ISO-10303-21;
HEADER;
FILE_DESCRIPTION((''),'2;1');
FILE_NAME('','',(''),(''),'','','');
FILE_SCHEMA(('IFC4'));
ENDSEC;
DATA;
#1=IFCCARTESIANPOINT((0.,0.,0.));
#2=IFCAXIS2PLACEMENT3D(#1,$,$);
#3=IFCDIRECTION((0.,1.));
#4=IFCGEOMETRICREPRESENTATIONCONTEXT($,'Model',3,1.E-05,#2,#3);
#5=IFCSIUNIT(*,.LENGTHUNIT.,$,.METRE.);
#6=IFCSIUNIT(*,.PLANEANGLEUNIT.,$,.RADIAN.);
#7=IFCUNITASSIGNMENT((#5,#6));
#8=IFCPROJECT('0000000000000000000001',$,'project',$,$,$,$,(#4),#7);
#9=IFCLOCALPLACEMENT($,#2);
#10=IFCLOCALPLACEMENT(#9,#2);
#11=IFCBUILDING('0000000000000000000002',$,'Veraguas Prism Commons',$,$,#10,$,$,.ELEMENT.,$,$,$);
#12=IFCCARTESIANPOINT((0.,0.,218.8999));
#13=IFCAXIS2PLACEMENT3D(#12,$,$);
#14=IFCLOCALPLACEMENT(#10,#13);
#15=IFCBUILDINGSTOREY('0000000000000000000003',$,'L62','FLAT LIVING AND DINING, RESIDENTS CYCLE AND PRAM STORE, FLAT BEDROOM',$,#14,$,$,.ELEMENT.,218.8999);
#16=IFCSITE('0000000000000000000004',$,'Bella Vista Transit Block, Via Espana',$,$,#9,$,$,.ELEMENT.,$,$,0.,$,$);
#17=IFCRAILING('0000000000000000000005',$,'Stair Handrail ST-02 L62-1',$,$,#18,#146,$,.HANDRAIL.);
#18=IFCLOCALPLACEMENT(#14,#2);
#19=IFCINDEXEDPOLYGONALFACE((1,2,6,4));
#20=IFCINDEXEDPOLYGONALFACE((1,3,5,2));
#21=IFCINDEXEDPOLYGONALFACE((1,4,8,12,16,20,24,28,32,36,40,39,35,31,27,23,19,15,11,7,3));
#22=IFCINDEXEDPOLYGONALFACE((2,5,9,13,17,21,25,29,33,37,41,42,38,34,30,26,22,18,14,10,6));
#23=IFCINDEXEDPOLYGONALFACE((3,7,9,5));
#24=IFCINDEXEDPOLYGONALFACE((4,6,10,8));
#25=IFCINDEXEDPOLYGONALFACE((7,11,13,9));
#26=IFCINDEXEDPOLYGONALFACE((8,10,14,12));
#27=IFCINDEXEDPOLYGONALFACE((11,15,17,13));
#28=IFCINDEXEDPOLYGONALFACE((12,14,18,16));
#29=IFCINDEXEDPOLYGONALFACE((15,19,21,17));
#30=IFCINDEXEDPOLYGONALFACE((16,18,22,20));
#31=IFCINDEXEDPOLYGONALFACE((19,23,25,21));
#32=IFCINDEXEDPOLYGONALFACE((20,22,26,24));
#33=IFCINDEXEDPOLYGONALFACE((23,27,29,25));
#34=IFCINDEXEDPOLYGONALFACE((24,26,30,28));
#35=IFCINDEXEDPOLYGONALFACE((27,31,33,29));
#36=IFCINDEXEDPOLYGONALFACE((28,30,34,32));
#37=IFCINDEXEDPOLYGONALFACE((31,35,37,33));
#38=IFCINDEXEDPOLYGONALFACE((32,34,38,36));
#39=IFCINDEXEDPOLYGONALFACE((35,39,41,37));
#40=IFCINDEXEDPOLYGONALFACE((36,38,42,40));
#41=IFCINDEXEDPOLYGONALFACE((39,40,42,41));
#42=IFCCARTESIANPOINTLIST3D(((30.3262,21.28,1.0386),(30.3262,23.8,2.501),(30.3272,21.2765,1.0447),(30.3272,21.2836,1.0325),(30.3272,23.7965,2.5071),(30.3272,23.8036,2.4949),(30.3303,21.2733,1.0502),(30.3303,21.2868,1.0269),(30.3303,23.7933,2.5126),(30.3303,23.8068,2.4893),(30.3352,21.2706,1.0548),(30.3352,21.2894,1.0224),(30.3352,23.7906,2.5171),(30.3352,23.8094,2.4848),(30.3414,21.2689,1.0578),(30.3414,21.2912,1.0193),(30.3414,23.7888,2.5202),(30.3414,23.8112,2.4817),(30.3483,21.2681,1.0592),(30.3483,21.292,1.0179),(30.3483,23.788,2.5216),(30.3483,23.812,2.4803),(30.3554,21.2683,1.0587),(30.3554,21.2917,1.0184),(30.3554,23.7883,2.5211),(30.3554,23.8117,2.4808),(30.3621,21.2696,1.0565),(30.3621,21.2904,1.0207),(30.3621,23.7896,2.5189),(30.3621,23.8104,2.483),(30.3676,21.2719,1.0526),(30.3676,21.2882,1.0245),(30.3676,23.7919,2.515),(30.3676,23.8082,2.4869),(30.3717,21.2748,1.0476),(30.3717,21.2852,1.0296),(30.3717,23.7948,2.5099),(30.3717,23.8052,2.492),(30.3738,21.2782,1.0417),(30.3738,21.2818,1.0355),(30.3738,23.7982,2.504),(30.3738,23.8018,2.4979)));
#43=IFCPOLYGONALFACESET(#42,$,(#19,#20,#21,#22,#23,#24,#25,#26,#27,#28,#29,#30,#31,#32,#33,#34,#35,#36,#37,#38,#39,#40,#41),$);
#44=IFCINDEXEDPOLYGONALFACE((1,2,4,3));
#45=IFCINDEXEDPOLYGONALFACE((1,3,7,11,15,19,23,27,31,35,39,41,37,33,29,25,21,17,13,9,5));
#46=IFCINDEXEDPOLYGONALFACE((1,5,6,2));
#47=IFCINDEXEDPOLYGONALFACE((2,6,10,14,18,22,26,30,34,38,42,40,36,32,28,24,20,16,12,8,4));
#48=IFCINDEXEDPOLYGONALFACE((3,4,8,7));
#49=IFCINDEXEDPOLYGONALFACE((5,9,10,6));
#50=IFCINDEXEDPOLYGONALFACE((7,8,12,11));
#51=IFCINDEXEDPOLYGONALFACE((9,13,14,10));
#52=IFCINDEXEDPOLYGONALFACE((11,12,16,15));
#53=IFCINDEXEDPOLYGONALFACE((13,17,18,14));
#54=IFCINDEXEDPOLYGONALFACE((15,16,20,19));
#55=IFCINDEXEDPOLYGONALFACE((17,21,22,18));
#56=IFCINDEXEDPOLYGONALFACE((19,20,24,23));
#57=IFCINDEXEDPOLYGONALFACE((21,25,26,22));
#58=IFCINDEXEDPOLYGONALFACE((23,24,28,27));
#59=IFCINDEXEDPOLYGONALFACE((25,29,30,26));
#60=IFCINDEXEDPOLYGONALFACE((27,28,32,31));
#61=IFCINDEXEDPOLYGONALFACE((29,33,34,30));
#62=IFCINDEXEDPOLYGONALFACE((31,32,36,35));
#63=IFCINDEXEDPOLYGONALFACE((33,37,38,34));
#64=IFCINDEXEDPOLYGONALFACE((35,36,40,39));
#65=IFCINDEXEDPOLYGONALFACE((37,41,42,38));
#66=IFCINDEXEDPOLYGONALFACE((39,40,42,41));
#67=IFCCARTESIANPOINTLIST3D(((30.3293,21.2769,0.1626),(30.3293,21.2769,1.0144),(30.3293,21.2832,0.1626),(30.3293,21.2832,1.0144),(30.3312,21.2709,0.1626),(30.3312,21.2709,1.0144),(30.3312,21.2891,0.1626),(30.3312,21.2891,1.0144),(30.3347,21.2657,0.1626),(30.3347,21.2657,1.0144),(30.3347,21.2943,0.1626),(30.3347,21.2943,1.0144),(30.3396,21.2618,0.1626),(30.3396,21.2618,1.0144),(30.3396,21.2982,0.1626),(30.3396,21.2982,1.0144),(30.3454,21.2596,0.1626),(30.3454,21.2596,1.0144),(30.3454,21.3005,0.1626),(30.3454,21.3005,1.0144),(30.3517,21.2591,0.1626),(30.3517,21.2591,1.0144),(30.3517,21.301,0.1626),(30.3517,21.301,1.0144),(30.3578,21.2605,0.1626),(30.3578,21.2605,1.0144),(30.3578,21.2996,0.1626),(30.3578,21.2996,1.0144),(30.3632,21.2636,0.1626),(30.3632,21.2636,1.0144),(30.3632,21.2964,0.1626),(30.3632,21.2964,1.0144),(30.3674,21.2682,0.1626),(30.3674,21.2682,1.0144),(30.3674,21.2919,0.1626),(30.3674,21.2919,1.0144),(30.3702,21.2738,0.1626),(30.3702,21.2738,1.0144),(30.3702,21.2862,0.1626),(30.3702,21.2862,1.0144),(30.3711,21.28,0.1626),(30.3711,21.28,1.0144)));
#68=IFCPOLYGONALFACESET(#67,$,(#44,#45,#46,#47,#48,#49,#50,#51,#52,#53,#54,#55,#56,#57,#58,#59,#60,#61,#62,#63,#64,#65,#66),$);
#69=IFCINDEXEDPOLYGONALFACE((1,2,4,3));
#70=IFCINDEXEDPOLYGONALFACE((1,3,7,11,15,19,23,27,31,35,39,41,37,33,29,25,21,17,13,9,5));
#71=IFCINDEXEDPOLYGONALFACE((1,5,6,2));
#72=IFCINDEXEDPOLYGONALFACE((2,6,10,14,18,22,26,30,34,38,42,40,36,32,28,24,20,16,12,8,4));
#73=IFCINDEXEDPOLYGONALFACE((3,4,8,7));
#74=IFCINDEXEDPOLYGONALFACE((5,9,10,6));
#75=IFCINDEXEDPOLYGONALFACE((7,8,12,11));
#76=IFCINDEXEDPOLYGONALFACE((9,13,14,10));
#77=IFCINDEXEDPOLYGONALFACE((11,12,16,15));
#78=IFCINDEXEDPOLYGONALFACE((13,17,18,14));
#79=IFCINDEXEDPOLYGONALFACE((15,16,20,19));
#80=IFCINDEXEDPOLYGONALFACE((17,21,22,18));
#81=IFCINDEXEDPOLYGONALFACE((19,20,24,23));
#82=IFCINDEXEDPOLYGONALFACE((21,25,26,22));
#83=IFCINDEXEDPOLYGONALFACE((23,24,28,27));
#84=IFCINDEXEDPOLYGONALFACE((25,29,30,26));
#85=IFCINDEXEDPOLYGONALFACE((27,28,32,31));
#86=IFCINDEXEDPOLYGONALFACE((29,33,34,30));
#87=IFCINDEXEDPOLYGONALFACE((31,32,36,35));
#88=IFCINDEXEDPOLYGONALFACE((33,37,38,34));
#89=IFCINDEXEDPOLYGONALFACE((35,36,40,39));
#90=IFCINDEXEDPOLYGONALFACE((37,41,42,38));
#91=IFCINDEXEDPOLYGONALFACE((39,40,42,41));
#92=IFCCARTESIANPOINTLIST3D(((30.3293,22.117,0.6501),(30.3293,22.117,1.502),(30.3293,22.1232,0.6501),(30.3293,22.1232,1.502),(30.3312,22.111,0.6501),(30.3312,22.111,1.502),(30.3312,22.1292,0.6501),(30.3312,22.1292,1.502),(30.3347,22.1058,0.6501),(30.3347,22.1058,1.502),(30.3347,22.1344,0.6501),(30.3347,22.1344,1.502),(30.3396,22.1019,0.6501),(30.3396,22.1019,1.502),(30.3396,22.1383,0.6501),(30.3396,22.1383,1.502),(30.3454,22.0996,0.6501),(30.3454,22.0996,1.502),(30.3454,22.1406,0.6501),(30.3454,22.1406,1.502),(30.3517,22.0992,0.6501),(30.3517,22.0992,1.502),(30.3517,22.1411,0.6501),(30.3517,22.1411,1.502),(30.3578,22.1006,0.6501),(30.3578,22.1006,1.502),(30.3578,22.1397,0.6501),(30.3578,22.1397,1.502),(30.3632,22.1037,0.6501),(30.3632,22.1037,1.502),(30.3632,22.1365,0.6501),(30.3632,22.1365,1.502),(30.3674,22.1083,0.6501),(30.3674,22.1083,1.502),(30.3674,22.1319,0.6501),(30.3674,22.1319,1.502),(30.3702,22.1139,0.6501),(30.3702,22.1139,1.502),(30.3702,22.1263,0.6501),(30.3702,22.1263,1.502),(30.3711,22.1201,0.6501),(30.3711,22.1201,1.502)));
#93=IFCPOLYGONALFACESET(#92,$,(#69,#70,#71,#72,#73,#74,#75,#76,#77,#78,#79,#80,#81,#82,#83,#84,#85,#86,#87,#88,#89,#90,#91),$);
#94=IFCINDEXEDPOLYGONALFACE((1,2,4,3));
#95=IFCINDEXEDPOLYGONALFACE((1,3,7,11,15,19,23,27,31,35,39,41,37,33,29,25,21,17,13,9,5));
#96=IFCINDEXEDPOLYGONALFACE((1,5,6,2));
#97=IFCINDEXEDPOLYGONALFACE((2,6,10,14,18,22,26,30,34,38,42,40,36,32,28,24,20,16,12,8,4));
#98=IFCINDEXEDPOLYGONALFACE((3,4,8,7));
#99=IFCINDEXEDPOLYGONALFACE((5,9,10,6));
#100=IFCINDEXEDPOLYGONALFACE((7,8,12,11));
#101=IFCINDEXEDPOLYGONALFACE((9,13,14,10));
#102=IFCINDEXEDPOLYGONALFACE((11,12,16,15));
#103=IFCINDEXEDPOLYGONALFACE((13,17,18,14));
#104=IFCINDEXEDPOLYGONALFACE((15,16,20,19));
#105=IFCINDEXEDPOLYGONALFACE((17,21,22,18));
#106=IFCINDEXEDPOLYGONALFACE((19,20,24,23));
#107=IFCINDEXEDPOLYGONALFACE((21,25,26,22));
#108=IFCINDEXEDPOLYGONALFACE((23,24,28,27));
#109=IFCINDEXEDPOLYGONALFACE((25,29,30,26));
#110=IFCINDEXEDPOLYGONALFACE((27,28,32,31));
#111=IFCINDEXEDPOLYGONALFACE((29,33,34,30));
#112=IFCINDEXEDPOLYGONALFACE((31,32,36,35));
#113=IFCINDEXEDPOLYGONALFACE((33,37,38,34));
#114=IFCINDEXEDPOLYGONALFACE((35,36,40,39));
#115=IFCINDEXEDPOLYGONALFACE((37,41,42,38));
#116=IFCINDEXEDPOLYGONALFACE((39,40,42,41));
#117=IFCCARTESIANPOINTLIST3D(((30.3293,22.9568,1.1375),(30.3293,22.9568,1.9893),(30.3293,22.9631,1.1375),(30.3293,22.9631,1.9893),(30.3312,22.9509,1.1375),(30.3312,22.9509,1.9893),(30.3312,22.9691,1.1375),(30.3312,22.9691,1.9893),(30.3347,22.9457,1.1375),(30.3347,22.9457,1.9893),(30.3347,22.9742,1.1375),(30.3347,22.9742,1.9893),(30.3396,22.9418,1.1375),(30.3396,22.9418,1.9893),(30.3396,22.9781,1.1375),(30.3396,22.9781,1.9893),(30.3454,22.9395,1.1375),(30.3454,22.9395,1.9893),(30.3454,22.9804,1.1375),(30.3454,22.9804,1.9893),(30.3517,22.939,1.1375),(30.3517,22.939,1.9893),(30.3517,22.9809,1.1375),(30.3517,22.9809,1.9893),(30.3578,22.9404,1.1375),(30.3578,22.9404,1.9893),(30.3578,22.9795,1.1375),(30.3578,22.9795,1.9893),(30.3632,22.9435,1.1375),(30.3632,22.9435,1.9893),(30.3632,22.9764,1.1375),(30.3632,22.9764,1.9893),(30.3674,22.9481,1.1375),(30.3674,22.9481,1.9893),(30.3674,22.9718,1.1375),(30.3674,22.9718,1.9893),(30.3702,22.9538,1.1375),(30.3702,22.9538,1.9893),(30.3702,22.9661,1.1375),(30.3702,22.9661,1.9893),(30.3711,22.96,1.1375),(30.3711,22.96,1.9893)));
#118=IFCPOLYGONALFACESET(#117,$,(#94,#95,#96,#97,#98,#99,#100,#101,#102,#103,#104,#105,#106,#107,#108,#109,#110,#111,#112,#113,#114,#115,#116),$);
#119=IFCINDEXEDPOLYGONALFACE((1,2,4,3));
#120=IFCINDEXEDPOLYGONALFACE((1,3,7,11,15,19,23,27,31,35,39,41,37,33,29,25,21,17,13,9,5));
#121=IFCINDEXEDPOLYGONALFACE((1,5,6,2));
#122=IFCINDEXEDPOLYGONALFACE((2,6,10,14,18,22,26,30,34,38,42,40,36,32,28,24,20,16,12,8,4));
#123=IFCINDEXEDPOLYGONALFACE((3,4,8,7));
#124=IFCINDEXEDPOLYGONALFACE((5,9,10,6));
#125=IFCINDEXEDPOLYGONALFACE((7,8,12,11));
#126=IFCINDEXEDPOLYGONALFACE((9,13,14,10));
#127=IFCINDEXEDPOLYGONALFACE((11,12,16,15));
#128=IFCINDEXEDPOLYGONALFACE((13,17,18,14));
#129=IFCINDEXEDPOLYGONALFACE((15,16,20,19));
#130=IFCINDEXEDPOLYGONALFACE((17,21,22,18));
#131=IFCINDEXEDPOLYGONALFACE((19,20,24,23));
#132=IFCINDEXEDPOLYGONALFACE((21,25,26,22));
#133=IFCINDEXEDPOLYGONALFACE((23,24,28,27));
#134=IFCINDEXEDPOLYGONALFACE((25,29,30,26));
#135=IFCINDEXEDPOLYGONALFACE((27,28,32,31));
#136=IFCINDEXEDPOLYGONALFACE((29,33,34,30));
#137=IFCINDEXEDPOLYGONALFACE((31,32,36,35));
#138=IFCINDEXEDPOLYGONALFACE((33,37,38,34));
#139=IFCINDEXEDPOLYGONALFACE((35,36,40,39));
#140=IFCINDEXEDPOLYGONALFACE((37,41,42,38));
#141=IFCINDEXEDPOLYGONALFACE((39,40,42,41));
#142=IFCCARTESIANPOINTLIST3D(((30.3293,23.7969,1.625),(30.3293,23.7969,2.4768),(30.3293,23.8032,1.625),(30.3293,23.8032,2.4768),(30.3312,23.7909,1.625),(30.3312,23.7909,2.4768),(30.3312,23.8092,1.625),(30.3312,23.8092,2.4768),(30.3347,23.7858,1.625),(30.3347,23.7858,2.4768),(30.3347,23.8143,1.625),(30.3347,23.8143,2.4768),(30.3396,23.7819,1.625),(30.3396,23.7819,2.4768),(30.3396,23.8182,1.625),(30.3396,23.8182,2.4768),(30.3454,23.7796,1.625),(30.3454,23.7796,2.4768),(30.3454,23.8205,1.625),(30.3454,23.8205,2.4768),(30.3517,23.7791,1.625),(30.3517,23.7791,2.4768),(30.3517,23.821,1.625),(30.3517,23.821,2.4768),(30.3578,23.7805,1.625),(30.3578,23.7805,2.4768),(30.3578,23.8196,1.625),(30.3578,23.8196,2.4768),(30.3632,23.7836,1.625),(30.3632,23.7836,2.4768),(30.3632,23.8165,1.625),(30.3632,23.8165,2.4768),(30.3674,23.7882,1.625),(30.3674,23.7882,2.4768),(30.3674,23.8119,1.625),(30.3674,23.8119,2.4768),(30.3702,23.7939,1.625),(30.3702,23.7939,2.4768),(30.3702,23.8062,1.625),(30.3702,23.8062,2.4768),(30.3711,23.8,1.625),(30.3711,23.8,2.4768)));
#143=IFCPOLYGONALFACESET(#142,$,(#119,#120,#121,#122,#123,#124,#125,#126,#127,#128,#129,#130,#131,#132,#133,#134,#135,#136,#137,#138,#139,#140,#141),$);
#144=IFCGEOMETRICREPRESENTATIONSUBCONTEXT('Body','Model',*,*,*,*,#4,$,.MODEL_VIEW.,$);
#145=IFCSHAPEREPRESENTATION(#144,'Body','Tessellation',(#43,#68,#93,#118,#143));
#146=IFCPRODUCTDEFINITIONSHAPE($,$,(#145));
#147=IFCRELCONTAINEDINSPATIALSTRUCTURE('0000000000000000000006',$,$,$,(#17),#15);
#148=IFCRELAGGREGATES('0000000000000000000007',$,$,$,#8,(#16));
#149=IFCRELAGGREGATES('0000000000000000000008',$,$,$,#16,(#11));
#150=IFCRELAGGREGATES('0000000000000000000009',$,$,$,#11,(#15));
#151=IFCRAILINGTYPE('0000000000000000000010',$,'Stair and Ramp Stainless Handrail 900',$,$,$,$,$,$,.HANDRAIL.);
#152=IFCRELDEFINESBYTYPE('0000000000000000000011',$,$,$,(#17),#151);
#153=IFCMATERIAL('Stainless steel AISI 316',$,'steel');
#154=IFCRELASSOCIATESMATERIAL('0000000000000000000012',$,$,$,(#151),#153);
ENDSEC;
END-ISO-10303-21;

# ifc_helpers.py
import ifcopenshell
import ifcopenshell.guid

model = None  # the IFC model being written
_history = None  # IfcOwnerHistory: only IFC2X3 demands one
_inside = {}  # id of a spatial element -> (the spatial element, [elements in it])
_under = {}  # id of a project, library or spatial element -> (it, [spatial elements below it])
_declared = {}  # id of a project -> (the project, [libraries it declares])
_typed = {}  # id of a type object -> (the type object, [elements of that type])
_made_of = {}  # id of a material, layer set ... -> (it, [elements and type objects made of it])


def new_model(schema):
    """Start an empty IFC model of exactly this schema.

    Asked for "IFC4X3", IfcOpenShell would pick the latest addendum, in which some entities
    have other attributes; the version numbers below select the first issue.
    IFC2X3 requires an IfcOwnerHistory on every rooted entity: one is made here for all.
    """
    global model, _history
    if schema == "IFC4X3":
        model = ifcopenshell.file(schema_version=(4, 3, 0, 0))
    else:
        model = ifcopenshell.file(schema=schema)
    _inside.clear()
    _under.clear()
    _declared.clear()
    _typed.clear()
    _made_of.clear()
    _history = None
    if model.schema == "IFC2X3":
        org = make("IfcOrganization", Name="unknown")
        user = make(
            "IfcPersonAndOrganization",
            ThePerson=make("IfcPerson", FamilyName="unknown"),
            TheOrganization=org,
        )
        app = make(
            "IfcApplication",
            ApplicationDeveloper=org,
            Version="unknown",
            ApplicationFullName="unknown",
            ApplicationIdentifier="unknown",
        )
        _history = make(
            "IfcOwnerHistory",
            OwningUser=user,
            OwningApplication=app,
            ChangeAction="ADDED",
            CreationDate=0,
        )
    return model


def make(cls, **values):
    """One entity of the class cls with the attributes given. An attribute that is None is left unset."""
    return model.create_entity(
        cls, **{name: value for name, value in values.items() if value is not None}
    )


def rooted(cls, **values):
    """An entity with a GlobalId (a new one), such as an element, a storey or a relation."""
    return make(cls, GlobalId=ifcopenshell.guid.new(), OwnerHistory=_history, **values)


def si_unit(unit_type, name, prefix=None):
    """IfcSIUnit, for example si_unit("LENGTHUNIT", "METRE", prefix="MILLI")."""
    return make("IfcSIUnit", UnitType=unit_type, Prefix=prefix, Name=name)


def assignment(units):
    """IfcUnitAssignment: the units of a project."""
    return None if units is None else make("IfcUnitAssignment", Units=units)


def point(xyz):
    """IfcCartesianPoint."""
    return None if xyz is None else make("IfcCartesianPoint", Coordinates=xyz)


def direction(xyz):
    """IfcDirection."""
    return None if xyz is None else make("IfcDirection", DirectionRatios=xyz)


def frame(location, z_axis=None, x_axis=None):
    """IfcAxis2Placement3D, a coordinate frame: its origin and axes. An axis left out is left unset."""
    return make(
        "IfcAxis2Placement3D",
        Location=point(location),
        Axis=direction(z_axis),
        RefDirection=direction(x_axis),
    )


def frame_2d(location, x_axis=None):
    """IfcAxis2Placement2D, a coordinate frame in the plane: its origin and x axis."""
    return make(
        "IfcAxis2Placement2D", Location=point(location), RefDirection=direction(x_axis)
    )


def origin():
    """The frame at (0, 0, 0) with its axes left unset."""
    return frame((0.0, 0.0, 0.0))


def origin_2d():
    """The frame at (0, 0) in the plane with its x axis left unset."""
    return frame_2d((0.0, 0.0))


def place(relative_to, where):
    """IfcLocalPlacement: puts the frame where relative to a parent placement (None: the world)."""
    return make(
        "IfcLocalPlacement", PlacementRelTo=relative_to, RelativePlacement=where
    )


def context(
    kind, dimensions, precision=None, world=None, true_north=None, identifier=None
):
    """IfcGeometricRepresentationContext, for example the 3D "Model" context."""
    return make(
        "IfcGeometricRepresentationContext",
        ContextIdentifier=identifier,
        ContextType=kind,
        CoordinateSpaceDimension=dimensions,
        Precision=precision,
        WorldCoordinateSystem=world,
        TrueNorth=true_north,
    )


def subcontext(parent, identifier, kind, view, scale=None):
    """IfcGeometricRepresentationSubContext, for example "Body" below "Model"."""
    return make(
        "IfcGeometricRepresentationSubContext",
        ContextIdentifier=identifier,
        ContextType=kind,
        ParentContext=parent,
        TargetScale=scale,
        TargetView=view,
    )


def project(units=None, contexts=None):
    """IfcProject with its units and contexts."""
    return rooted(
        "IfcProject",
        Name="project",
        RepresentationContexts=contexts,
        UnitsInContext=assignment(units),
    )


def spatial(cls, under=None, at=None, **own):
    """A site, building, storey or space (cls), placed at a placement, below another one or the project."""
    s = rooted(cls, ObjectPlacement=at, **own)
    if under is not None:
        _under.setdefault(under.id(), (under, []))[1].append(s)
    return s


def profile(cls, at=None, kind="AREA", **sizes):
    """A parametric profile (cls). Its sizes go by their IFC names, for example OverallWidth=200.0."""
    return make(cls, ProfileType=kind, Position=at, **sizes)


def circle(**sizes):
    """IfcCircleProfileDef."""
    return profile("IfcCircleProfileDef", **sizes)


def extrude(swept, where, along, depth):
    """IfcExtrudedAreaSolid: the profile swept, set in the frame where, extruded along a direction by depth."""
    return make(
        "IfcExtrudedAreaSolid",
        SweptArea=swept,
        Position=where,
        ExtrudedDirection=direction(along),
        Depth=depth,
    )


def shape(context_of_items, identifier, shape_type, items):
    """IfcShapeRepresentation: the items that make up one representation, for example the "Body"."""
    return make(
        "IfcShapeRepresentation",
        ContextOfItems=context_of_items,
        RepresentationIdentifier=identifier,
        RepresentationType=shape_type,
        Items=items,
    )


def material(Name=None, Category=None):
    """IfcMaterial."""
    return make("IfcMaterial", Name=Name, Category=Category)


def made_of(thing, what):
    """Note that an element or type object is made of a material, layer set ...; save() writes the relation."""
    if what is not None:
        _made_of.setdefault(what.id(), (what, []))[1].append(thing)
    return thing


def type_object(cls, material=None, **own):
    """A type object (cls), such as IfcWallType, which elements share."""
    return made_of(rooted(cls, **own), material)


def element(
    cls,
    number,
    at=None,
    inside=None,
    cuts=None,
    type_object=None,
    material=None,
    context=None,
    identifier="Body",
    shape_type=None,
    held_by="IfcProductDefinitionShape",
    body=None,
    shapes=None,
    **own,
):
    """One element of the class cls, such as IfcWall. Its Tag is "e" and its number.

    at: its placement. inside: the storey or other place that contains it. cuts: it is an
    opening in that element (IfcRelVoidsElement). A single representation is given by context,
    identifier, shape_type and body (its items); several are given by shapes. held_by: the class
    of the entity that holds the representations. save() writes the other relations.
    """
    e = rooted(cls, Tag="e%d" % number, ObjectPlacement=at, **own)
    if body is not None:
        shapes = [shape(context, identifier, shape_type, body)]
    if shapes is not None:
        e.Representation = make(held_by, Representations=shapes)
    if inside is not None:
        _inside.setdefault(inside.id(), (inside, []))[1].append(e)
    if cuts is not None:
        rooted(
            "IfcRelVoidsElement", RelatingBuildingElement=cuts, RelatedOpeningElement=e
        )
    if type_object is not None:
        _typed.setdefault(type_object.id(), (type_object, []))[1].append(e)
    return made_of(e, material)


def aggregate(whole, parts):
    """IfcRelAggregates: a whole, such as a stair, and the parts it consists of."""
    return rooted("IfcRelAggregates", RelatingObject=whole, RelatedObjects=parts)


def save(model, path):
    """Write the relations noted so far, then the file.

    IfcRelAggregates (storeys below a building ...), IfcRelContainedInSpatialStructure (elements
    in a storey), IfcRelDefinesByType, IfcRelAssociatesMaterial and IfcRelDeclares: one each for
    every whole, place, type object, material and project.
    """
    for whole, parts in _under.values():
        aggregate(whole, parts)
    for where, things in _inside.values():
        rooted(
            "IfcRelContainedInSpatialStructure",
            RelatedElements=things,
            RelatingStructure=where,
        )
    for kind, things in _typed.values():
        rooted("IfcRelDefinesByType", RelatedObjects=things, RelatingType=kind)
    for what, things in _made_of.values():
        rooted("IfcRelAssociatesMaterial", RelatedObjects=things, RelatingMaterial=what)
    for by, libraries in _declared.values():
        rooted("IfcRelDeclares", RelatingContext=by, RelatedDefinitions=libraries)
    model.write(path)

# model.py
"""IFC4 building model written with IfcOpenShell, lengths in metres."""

from ifc_helpers import new_model, si_unit, direction, frame, origin, origin_2d, place, context, subcontext, project, spatial, circle, extrude, material, type_object, element, save


model = new_model("IFC4")

# Units and contexts
model_context = context("Model", 3, precision=1e-05, world=origin(), true_north=direction((0.0, 1.0)))
body_context = subcontext(model_context, "Body", "Model", "MODEL_VIEW")
ifc_project = project(units=[si_unit("LENGTHUNIT", "METRE"), si_unit("PLANEANGLEUNIT", "RADIAN")], contexts=[model_context])

# Site, building, storey
site_placement = place(None, origin())
site = spatial("IfcSite", under=ifc_project, at=site_placement, Name="Bella Vista Transit Block, Via Espana", CompositionType="ELEMENT", RefElevation=0.0)
building_placement = place(site_placement, origin())
building = spatial("IfcBuilding", under=site, at=building_placement, Name="Veraguas Prism Commons", CompositionType="ELEMENT")
storey_placement = place(building_placement, frame((0.0, 0.0, 218.8999)))
storey = spatial("IfcBuildingStorey", under=building, at=storey_placement, Name="L62", Description="FLAT LIVING AND DINING, RESIDENTS CYCLE AND PRAM STORE, FLAT BEDROOM", CompositionType="ELEMENT", Elevation=218.8999)

# Railing
ifc_material_1 = material(Name="Stainless steel AISI 316", Category="steel")
railing_type_1 = type_object("IfcRailingType", Name="Stair and Ramp Stainless Handrail 900", PredefinedType="HANDRAIL", material=ifc_material_1)
railing_1_placement = place(storey_placement, frame((30.3501, 21.28, 0.1626)))
element("IfcRailing", 1, at=railing_1_placement, inside=storey, type_object=railing_type_1, Name="Stair Handrail ST-02 L62-1", PredefinedType="HANDRAIL", context=body_context, shape_type="SweptSolid", body=[
    extrude(circle(Radius=0.0239, at=origin_2d()), frame((0.0, 0.0, 0.876), z_axis=(0.0, 0.864913, 0.501921), x_axis=(-1.0, 0.0, 0.0)), (0.0, 0.0, 1.0), 2.9136),
    extrude(circle(Radius=0.021, at=origin_2d()), origin(), (0.0, 0.0, 1.0), 0.8518),
    extrude(circle(Radius=0.021, at=origin_2d()), frame((0.0, 0.8401, 0.4875)), (0.0, 0.0, 1.0), 0.8518),
    extrude(circle(Radius=0.021, at=origin_2d()), frame((0.0, 1.6799, 0.9749)), (0.0, 0.0, 1.0), 0.8518),
    extrude(circle(Radius=0.021, at=origin_2d()), frame((0.0, 2.52, 1.4624)), (0.0, 0.0, 1.0), 0.8518),
])

save(model, "model.ifc")
